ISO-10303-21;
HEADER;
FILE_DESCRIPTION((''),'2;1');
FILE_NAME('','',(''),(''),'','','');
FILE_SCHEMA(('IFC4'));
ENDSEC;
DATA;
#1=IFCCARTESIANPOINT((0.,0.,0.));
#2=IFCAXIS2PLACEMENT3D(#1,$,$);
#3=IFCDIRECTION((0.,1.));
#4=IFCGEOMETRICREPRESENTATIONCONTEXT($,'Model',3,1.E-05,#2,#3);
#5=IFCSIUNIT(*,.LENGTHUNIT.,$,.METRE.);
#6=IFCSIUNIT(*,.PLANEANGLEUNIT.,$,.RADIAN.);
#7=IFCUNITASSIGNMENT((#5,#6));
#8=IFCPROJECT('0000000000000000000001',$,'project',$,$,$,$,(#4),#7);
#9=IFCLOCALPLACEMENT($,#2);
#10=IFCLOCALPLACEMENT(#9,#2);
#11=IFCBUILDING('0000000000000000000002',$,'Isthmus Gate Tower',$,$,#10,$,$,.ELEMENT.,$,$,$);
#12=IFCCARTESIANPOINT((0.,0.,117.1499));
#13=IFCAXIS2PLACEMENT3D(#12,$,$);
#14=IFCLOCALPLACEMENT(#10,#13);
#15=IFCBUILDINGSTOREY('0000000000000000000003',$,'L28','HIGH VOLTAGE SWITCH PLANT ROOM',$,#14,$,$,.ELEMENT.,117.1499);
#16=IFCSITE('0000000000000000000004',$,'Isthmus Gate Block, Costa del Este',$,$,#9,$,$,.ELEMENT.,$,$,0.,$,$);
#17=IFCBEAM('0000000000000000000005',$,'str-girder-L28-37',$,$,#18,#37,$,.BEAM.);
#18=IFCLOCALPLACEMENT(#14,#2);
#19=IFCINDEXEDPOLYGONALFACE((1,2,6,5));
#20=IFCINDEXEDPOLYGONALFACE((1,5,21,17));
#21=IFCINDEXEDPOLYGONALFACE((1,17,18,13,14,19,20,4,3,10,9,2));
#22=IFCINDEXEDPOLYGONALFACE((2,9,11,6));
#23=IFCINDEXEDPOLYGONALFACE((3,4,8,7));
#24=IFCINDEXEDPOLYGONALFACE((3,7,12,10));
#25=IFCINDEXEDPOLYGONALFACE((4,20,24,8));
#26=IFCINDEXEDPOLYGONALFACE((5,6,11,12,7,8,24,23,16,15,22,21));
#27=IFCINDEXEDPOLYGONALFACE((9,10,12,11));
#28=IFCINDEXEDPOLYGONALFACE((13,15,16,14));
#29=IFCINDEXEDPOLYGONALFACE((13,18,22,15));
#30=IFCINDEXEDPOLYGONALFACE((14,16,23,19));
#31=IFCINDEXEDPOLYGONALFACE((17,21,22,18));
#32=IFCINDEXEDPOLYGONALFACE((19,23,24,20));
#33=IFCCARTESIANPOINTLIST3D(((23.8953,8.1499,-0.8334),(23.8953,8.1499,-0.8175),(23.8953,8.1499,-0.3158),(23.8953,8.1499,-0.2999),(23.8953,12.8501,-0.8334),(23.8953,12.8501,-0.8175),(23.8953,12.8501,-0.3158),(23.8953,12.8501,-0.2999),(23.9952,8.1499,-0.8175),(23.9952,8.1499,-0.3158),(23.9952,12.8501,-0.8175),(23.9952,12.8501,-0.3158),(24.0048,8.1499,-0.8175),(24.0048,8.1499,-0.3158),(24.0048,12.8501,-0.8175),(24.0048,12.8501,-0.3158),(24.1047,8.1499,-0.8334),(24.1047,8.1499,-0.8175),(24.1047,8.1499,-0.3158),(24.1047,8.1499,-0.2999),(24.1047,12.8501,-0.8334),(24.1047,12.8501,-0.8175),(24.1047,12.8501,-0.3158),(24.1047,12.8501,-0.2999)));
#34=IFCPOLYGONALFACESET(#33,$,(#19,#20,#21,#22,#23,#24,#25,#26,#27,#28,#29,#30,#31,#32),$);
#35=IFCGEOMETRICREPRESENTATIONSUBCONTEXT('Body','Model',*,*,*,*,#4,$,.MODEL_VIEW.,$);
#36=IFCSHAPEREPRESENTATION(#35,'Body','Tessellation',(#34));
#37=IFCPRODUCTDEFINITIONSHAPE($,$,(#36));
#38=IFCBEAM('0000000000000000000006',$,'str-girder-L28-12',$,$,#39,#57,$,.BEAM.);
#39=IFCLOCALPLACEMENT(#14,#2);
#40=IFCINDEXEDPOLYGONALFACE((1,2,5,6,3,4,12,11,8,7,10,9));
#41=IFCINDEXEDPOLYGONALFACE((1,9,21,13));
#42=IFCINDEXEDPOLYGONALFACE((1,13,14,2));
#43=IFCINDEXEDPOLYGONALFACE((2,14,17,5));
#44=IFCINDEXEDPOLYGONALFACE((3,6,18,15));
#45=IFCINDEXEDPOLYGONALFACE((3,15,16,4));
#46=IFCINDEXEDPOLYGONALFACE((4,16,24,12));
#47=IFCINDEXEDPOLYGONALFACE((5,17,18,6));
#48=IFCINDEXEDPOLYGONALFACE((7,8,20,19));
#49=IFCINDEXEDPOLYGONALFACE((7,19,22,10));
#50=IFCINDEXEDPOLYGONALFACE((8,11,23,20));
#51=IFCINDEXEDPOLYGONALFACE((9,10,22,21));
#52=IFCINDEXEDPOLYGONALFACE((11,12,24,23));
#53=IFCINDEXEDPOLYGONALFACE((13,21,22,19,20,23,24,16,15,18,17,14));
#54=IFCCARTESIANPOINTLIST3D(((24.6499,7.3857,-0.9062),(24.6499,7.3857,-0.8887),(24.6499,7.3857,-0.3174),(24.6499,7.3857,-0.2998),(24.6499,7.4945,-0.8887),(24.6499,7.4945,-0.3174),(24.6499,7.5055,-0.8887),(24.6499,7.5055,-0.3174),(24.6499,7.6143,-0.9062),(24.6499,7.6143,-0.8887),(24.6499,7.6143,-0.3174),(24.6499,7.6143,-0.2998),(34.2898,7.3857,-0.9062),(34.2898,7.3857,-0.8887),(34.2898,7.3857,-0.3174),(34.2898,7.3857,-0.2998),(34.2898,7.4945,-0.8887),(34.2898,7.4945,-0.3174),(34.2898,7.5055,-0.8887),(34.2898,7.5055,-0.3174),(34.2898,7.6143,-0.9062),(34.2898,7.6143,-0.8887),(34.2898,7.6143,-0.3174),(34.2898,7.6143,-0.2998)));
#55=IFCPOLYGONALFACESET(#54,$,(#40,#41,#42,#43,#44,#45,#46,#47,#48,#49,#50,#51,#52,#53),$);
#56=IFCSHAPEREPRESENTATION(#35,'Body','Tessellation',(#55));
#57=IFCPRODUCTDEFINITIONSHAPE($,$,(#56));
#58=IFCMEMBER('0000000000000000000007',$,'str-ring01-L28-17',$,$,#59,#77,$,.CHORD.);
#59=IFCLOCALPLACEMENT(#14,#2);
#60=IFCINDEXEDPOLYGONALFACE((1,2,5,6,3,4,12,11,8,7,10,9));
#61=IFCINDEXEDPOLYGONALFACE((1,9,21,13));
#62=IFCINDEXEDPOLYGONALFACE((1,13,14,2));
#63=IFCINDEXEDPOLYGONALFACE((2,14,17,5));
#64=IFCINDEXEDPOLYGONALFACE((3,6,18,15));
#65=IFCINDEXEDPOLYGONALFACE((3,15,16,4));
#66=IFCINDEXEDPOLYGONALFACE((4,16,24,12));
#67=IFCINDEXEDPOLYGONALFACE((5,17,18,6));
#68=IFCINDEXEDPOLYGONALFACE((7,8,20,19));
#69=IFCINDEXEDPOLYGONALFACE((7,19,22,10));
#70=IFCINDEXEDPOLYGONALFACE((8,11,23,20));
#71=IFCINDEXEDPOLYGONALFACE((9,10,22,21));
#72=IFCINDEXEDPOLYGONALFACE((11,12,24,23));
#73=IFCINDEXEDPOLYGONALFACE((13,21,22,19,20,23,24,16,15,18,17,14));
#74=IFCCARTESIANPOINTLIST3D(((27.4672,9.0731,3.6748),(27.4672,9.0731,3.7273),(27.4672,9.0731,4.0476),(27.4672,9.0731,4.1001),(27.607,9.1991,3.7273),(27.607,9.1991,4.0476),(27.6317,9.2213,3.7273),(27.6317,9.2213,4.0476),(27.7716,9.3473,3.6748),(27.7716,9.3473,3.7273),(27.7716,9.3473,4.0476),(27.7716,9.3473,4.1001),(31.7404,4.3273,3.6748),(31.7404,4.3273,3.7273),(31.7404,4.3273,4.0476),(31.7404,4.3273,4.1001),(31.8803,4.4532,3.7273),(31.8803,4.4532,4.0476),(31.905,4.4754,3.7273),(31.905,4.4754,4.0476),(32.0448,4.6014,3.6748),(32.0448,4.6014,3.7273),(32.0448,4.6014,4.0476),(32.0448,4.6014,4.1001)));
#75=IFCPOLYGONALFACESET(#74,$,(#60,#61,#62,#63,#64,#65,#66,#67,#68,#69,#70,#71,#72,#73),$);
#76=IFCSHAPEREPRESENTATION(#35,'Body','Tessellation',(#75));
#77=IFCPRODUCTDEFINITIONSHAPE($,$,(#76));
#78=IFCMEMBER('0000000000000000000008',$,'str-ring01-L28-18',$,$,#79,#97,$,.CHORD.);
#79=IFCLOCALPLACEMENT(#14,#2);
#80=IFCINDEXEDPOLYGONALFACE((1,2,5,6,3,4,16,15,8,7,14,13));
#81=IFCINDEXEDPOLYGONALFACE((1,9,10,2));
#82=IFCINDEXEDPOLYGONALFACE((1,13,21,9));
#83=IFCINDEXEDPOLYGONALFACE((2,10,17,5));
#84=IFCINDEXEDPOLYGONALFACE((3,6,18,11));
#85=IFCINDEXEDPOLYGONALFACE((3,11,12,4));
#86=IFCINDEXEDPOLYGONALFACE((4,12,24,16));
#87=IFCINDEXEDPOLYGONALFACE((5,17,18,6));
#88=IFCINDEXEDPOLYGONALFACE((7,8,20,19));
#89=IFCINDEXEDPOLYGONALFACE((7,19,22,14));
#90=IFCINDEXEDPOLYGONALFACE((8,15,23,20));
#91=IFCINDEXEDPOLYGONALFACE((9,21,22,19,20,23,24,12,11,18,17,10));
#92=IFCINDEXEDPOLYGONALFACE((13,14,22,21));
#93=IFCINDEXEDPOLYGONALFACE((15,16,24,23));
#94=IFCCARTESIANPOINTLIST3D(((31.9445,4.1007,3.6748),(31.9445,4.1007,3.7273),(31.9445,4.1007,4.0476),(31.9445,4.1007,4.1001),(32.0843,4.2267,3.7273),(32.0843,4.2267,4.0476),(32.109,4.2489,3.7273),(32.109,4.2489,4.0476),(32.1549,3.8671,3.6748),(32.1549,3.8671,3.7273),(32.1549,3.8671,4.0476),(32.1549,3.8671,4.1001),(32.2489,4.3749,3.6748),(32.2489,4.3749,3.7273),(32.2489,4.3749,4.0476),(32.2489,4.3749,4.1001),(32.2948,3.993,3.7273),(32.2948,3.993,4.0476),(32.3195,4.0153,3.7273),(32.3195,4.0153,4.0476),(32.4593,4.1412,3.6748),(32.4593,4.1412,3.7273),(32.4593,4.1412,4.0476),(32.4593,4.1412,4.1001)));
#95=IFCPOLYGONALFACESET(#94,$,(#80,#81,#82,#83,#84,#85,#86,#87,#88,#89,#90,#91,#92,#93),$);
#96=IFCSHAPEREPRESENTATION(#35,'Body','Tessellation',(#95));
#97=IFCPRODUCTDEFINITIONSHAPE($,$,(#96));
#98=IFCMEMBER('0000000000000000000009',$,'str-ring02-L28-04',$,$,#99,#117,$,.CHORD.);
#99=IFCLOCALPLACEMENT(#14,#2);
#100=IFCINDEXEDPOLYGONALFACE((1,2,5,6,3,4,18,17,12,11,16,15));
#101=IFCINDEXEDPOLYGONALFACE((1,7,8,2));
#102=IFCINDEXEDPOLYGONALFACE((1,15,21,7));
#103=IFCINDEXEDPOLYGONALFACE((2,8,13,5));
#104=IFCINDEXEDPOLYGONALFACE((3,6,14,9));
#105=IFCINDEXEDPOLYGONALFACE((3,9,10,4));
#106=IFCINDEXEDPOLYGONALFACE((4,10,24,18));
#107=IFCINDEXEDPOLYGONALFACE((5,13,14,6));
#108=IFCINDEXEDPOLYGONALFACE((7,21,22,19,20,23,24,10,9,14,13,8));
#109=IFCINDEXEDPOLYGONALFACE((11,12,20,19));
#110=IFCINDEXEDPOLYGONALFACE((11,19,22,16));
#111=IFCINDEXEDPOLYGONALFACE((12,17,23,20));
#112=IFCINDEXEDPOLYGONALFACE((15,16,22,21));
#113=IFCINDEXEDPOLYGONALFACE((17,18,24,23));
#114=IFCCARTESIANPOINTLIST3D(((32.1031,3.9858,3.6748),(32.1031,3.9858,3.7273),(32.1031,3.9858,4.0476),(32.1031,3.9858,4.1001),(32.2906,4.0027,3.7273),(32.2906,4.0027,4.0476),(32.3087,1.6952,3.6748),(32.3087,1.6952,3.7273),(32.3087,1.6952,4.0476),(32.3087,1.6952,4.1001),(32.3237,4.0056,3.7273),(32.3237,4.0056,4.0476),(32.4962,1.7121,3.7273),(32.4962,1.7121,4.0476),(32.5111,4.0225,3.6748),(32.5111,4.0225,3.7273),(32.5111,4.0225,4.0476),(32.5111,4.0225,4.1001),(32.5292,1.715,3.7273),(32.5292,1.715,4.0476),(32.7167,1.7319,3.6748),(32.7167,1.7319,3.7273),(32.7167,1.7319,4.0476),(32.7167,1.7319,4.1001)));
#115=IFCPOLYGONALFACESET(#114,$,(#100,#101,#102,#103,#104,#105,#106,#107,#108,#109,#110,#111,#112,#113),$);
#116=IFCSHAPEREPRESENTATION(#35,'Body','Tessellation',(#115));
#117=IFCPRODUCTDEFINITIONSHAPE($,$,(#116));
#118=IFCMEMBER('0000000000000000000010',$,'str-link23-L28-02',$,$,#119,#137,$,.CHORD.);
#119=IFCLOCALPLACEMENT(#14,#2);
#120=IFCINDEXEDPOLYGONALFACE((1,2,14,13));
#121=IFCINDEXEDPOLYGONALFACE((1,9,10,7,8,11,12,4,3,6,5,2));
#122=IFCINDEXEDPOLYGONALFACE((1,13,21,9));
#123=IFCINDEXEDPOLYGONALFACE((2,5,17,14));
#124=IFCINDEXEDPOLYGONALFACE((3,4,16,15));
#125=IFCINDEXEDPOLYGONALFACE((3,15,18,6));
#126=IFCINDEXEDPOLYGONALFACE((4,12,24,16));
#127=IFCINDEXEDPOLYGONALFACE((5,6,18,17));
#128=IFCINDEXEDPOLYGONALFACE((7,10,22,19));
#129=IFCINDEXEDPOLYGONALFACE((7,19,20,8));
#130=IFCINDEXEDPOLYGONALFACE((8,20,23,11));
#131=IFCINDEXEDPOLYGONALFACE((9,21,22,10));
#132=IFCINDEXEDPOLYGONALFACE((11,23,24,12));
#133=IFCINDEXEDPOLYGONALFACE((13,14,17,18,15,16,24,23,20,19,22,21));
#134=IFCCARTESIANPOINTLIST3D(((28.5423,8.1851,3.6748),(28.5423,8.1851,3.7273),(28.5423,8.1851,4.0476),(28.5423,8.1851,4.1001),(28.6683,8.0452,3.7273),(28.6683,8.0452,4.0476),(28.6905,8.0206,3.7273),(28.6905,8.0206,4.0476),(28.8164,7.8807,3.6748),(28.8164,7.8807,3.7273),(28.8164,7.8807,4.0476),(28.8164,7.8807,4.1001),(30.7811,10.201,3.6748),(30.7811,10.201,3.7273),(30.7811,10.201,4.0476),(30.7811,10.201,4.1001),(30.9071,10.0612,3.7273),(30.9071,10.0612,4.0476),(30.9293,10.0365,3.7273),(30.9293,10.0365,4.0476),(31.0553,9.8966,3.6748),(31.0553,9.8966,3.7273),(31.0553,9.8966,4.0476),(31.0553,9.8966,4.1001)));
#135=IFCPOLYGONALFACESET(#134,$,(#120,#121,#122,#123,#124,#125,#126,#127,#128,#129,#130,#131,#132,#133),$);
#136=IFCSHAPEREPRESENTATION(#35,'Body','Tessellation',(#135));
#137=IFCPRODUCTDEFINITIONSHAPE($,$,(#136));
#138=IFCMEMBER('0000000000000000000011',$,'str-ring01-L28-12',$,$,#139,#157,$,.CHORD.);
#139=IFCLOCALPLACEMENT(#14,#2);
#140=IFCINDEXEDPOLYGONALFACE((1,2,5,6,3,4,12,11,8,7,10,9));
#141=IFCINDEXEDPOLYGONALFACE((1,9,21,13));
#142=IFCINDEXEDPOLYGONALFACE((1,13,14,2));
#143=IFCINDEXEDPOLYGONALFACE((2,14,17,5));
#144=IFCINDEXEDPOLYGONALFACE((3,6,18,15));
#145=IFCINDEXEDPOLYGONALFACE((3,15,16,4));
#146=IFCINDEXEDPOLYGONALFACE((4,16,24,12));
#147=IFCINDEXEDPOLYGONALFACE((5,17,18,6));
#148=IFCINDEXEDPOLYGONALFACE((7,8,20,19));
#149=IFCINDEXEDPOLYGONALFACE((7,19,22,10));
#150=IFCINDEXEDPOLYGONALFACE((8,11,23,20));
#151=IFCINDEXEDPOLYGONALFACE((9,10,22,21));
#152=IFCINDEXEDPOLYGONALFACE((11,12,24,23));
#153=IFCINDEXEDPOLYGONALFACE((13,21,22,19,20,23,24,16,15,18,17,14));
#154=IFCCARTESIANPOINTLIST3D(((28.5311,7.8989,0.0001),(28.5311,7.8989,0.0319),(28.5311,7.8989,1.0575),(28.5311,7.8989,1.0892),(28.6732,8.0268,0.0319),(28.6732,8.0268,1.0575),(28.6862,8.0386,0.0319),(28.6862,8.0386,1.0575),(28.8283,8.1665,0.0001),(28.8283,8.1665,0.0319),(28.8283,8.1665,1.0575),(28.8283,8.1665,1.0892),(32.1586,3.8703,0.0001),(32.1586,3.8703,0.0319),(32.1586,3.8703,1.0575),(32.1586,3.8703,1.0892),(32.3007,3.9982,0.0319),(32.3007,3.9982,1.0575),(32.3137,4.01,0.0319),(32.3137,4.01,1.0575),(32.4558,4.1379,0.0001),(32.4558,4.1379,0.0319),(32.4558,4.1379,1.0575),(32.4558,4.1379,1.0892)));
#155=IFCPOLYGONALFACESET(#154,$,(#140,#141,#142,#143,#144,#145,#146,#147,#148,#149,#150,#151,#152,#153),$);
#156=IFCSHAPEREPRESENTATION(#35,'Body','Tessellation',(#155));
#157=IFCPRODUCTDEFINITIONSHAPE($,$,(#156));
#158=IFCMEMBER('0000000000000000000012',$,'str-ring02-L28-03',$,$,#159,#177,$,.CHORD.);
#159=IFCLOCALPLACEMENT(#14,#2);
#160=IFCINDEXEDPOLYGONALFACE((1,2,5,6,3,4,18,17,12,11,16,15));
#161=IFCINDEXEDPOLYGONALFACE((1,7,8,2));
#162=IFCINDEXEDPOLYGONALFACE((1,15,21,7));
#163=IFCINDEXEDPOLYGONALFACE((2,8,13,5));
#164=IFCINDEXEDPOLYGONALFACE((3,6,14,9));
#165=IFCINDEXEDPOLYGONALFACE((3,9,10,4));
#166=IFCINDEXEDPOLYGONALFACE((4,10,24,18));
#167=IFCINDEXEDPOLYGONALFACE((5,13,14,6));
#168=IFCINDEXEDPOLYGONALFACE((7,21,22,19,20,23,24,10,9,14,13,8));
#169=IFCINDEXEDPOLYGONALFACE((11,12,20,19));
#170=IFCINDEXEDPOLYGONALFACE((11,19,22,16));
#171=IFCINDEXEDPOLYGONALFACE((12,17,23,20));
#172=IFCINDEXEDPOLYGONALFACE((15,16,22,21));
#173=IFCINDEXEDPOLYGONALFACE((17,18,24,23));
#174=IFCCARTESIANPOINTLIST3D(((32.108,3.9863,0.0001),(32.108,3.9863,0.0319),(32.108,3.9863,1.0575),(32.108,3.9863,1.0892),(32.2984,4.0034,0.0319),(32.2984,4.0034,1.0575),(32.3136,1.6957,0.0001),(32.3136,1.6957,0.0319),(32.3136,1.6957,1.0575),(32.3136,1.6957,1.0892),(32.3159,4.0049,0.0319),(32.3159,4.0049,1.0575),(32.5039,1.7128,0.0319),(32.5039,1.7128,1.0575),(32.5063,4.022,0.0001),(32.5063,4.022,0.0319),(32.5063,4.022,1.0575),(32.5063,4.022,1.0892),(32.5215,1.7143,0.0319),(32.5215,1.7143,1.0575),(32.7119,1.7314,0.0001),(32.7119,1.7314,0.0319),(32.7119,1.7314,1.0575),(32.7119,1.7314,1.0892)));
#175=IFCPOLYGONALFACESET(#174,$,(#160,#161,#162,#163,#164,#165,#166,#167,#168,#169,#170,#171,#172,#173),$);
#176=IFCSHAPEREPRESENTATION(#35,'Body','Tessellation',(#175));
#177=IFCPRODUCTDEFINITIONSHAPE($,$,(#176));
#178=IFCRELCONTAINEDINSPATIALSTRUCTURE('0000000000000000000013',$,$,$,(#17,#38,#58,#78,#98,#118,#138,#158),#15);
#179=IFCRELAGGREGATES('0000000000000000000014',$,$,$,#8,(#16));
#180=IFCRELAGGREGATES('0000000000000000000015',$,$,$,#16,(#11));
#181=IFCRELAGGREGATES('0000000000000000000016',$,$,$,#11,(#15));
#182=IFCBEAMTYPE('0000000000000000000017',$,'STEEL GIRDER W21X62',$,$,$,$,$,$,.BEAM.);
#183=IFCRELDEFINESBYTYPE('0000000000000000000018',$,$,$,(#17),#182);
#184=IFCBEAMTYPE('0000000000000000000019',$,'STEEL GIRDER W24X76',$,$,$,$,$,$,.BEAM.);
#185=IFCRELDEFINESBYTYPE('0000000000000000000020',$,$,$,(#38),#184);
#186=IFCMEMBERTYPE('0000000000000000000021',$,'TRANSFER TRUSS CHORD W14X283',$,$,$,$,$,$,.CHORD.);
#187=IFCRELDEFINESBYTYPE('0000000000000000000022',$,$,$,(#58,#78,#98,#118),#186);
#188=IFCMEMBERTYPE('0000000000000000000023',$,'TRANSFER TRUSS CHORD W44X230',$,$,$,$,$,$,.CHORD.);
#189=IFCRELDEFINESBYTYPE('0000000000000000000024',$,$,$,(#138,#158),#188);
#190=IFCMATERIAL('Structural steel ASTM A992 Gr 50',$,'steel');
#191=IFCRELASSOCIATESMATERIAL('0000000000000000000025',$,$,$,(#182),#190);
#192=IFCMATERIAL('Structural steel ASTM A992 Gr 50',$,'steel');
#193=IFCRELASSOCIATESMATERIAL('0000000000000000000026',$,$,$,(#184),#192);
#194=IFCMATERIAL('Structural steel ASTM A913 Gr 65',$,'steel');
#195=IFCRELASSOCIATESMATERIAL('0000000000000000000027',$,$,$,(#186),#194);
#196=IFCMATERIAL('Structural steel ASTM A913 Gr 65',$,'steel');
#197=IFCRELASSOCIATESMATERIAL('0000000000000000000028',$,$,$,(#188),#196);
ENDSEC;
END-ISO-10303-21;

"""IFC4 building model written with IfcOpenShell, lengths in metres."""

from ifc_helpers import new_model, si_unit, direction, frame, origin, origin_2d, place, context, subcontext, project, spatial, i_section, extrude, material, material_profile, profile_set, type_object, element, save


model = new_model("IFC4")

# Units and contexts
model_context = context("Model", 3, precision=1e-05, world=origin(), true_north=direction((0.0, 1.0)))
body_context = subcontext(model_context, "Body", "Model", "MODEL_VIEW")
ifc_project = project(units=[si_unit("LENGTHUNIT", "METRE"), si_unit("PLANEANGLEUNIT", "RADIAN")], contexts=[model_context])

# Site, building, storey
site_placement = place(None, origin())
site = spatial("IfcSite", under=ifc_project, at=site_placement, Name="Isthmus Gate Block, Costa del Este", CompositionType="ELEMENT", RefElevation=0.0)
building_placement = place(site_placement, origin())
building = spatial("IfcBuilding", under=site, at=building_placement, Name="Isthmus Gate Tower", CompositionType="ELEMENT")
storey_placement = place(building_placement, frame((0.0, 0.0, 117.1499)))
storey = spatial("IfcBuildingStorey", under=building, at=storey_placement, Name="L28", Description="HIGH VOLTAGE SWITCH PLANT ROOM", CompositionType="ELEMENT", Elevation=117.1499)

# Beams
ifc_material_1 = material(Name="Structural steel ASTM A992 Gr 50", Category="steel")
ifc_material_profile_1 = material_profile(ifc_material_1, i_section(OverallWidth=0.2095, OverallDepth=0.5334, WebThickness=0.0095, FlangeThickness=0.0159, at=origin_2d()), Name="W21X62")
ifc_profile_set_1 = profile_set([ifc_material_profile_1], Name="Structural steel ASTM A992 Gr 50")
beam_type_1 = type_object("IfcBeamType", Name="STEEL GIRDER W21X62", PredefinedType="BEAM", material=ifc_profile_set_1)
beam_1_placement = place(storey_placement, frame((24.0, 8.1499, -0.5667), z_axis=(0.0, 1.0, 0.0), x_axis=(-1.0, 0.0, 0.0)))
element("IfcBeam", 1, at=beam_1_placement, inside=storey, type_object=beam_type_1, Name="str-girder-L28-37", PredefinedType="BEAM", context=body_context, shape_type="SweptSolid", body=[
    extrude(i_section(OverallWidth=0.2095, OverallDepth=0.5334, WebThickness=0.0095, FlangeThickness=0.0159, at=origin_2d()), origin(), (0.0, 0.0, 1.0), 4.7002),
])
ifc_material_2 = material(Name="Structural steel ASTM A992 Gr 50", Category="steel")
ifc_material_profile_2 = material_profile(ifc_material_2, i_section(OverallWidth=0.2285, OverallDepth=0.6064, WebThickness=0.011, FlangeThickness=0.0176, at=origin_2d()), Name="W24X76")
ifc_profile_set_2 = profile_set([ifc_material_profile_2], Name="Structural steel ASTM A992 Gr 50")
beam_type_2 = type_object("IfcBeamType", Name="STEEL GIRDER W24X76", PredefinedType="BEAM", material=ifc_profile_set_2)
beam_2_placement = place(storey_placement, frame((24.6499, 7.5, -0.603), z_axis=(1.0, 0.0, 0.0), x_axis=(0.0, 1.0, 0.0)))
element("IfcBeam", 2, at=beam_2_placement, inside=storey, type_object=beam_type_2, Name="str-girder-L28-12", PredefinedType="BEAM", context=body_context, shape_type="SweptSolid", body=[
    extrude(i_section(OverallWidth=0.2285, OverallDepth=0.6064, WebThickness=0.011, FlangeThickness=0.0176, at=origin_2d()), origin(), (0.0, 0.0, 1.0), 9.6399),
])

# Members
ifc_material_3 = material(Name="Structural steel ASTM A913 Gr 65", Category="steel")
ifc_material_profile_3 = material_profile(ifc_material_3, i_section(OverallWidth=0.4097, OverallDepth=0.4253, WebThickness=0.0332, FlangeThickness=0.0525, at=origin_2d()), Name="W14X283")
ifc_profile_set_3 = profile_set([ifc_material_profile_3], Name="Structural steel ASTM A913 Gr 65")
member_type_1 = type_object("IfcMemberType", Name="TRANSFER TRUSS CHORD W14X283", PredefinedType="CHORD", material=ifc_profile_set_3)
member_1_placement = place(storey_placement, frame((27.6194, 9.2102, 3.8875), z_axis=(0.669132, -0.743144, 0.0), x_axis=(0.743144, 0.669132, 0.0)))
element("IfcMember", 3, at=member_1_placement, inside=storey, type_object=member_type_1, Name="str-ring01-L28-17", PredefinedType="CHORD", context=body_context, shape_type="SweptSolid", body=[
    extrude(i_section(OverallWidth=0.4097, OverallDepth=0.4253, WebThickness=0.0332, FlangeThickness=0.0525, at=origin_2d()), origin(), (0.0, 0.0, 1.0), 6.3862),
])
member_2_placement = place(storey_placement, frame((32.0967, 4.2378, 3.8875), z_axis=(0.669265, -0.743024, 0.0), x_axis=(0.743024, 0.669265, 0.0)))
element("IfcMember", 4, at=member_2_placement, inside=storey, type_object=member_type_1, Name="str-ring01-L28-18", PredefinedType="CHORD", context=body_context, shape_type="SweptSolid", body=[
    extrude(i_section(OverallWidth=0.4097, OverallDepth=0.4253, WebThickness=0.0332, FlangeThickness=0.0525, at=origin_2d()), origin(), (0.0, 0.0, 1.0), 0.3145),
])
member_3_placement = place(storey_placement, frame((32.3071, 4.0042, 3.8875), z_axis=(0.089387, -0.995997, 0.0), x_axis=(0.995997, 0.089387, 0.0)))
element("IfcMember", 5, at=member_3_placement, inside=storey, type_object=member_type_1, Name="str-ring02-L28-04", PredefinedType="CHORD", context=body_context, shape_type="SweptSolid", body=[
    extrude(i_section(OverallWidth=0.4097, OverallDepth=0.4253, WebThickness=0.0332, FlangeThickness=0.0525, at=origin_2d()), origin(), (0.0, 0.0, 1.0), 2.2998),
])
member_4_placement = place(storey_placement, frame((30.9182, 10.0488, 3.8875), z_axis=(-0.743133, -0.669144, 0.0), x_axis=(0.669144, -0.743133, 0.0)))
element("IfcMember", 6, at=member_4_placement, inside=storey, type_object=member_type_1, Name="str-link23-L28-02", PredefinedType="CHORD", context=body_context, shape_type="SweptSolid", body=[
    extrude(i_section(OverallWidth=0.4097, OverallDepth=0.4253, WebThickness=0.0332, FlangeThickness=0.0525, at=origin_2d()), origin(), (0.0, 0.0, 1.0), 3.0127),
])
ifc_material_4 = material(Name="Structural steel ASTM A913 Gr 65", Category="steel")
ifc_material_profile_4 = material_profile(ifc_material_4, i_section(OverallWidth=0.3999, OverallDepth=1.0891, WebThickness=0.0176, FlangeThickness=0.0317, at=origin_2d()), Name="W44X230")
ifc_profile_set_4 = profile_set([ifc_material_profile_4], Name="Structural steel ASTM A913 Gr 65")
member_type_2 = type_object("IfcMemberType", Name="TRANSFER TRUSS CHORD W44X230", PredefinedType="CHORD", material=ifc_profile_set_4)
member_5_placement = place(storey_placement, frame((28.6797, 8.0327, 0.5447), z_axis=(0.669141, -0.743135, 0.0), x_axis=(0.743135, 0.669141, 0.0)))
element("IfcMember", 7, at=member_5_placement, inside=storey, type_object=member_type_2, Name="str-ring01-L28-12", PredefinedType="CHORD", context=body_context, shape_type="SweptSolid", body=[
    extrude(i_section(OverallWidth=0.3999, OverallDepth=1.0891, WebThickness=0.0176, FlangeThickness=0.0317, at=origin_2d()), origin(), (0.0, 0.0, 1.0), 5.4211),
])
member_6_placement = place(storey_placement, frame((32.3071, 4.0042, 0.5447), z_axis=(0.089387, -0.995997, 0.0), x_axis=(0.995997, 0.089387, 0.0)))
element("IfcMember", 8, at=member_6_placement, inside=storey, type_object=member_type_2, Name="str-ring02-L28-03", PredefinedType="CHORD", context=body_context, shape_type="SweptSolid", body=[
    extrude(i_section(OverallWidth=0.3999, OverallDepth=1.0891, WebThickness=0.0176, FlangeThickness=0.0317, at=origin_2d()), origin(), (0.0, 0.0, 1.0), 2.2998),
])

save(model, "model.ifc")
